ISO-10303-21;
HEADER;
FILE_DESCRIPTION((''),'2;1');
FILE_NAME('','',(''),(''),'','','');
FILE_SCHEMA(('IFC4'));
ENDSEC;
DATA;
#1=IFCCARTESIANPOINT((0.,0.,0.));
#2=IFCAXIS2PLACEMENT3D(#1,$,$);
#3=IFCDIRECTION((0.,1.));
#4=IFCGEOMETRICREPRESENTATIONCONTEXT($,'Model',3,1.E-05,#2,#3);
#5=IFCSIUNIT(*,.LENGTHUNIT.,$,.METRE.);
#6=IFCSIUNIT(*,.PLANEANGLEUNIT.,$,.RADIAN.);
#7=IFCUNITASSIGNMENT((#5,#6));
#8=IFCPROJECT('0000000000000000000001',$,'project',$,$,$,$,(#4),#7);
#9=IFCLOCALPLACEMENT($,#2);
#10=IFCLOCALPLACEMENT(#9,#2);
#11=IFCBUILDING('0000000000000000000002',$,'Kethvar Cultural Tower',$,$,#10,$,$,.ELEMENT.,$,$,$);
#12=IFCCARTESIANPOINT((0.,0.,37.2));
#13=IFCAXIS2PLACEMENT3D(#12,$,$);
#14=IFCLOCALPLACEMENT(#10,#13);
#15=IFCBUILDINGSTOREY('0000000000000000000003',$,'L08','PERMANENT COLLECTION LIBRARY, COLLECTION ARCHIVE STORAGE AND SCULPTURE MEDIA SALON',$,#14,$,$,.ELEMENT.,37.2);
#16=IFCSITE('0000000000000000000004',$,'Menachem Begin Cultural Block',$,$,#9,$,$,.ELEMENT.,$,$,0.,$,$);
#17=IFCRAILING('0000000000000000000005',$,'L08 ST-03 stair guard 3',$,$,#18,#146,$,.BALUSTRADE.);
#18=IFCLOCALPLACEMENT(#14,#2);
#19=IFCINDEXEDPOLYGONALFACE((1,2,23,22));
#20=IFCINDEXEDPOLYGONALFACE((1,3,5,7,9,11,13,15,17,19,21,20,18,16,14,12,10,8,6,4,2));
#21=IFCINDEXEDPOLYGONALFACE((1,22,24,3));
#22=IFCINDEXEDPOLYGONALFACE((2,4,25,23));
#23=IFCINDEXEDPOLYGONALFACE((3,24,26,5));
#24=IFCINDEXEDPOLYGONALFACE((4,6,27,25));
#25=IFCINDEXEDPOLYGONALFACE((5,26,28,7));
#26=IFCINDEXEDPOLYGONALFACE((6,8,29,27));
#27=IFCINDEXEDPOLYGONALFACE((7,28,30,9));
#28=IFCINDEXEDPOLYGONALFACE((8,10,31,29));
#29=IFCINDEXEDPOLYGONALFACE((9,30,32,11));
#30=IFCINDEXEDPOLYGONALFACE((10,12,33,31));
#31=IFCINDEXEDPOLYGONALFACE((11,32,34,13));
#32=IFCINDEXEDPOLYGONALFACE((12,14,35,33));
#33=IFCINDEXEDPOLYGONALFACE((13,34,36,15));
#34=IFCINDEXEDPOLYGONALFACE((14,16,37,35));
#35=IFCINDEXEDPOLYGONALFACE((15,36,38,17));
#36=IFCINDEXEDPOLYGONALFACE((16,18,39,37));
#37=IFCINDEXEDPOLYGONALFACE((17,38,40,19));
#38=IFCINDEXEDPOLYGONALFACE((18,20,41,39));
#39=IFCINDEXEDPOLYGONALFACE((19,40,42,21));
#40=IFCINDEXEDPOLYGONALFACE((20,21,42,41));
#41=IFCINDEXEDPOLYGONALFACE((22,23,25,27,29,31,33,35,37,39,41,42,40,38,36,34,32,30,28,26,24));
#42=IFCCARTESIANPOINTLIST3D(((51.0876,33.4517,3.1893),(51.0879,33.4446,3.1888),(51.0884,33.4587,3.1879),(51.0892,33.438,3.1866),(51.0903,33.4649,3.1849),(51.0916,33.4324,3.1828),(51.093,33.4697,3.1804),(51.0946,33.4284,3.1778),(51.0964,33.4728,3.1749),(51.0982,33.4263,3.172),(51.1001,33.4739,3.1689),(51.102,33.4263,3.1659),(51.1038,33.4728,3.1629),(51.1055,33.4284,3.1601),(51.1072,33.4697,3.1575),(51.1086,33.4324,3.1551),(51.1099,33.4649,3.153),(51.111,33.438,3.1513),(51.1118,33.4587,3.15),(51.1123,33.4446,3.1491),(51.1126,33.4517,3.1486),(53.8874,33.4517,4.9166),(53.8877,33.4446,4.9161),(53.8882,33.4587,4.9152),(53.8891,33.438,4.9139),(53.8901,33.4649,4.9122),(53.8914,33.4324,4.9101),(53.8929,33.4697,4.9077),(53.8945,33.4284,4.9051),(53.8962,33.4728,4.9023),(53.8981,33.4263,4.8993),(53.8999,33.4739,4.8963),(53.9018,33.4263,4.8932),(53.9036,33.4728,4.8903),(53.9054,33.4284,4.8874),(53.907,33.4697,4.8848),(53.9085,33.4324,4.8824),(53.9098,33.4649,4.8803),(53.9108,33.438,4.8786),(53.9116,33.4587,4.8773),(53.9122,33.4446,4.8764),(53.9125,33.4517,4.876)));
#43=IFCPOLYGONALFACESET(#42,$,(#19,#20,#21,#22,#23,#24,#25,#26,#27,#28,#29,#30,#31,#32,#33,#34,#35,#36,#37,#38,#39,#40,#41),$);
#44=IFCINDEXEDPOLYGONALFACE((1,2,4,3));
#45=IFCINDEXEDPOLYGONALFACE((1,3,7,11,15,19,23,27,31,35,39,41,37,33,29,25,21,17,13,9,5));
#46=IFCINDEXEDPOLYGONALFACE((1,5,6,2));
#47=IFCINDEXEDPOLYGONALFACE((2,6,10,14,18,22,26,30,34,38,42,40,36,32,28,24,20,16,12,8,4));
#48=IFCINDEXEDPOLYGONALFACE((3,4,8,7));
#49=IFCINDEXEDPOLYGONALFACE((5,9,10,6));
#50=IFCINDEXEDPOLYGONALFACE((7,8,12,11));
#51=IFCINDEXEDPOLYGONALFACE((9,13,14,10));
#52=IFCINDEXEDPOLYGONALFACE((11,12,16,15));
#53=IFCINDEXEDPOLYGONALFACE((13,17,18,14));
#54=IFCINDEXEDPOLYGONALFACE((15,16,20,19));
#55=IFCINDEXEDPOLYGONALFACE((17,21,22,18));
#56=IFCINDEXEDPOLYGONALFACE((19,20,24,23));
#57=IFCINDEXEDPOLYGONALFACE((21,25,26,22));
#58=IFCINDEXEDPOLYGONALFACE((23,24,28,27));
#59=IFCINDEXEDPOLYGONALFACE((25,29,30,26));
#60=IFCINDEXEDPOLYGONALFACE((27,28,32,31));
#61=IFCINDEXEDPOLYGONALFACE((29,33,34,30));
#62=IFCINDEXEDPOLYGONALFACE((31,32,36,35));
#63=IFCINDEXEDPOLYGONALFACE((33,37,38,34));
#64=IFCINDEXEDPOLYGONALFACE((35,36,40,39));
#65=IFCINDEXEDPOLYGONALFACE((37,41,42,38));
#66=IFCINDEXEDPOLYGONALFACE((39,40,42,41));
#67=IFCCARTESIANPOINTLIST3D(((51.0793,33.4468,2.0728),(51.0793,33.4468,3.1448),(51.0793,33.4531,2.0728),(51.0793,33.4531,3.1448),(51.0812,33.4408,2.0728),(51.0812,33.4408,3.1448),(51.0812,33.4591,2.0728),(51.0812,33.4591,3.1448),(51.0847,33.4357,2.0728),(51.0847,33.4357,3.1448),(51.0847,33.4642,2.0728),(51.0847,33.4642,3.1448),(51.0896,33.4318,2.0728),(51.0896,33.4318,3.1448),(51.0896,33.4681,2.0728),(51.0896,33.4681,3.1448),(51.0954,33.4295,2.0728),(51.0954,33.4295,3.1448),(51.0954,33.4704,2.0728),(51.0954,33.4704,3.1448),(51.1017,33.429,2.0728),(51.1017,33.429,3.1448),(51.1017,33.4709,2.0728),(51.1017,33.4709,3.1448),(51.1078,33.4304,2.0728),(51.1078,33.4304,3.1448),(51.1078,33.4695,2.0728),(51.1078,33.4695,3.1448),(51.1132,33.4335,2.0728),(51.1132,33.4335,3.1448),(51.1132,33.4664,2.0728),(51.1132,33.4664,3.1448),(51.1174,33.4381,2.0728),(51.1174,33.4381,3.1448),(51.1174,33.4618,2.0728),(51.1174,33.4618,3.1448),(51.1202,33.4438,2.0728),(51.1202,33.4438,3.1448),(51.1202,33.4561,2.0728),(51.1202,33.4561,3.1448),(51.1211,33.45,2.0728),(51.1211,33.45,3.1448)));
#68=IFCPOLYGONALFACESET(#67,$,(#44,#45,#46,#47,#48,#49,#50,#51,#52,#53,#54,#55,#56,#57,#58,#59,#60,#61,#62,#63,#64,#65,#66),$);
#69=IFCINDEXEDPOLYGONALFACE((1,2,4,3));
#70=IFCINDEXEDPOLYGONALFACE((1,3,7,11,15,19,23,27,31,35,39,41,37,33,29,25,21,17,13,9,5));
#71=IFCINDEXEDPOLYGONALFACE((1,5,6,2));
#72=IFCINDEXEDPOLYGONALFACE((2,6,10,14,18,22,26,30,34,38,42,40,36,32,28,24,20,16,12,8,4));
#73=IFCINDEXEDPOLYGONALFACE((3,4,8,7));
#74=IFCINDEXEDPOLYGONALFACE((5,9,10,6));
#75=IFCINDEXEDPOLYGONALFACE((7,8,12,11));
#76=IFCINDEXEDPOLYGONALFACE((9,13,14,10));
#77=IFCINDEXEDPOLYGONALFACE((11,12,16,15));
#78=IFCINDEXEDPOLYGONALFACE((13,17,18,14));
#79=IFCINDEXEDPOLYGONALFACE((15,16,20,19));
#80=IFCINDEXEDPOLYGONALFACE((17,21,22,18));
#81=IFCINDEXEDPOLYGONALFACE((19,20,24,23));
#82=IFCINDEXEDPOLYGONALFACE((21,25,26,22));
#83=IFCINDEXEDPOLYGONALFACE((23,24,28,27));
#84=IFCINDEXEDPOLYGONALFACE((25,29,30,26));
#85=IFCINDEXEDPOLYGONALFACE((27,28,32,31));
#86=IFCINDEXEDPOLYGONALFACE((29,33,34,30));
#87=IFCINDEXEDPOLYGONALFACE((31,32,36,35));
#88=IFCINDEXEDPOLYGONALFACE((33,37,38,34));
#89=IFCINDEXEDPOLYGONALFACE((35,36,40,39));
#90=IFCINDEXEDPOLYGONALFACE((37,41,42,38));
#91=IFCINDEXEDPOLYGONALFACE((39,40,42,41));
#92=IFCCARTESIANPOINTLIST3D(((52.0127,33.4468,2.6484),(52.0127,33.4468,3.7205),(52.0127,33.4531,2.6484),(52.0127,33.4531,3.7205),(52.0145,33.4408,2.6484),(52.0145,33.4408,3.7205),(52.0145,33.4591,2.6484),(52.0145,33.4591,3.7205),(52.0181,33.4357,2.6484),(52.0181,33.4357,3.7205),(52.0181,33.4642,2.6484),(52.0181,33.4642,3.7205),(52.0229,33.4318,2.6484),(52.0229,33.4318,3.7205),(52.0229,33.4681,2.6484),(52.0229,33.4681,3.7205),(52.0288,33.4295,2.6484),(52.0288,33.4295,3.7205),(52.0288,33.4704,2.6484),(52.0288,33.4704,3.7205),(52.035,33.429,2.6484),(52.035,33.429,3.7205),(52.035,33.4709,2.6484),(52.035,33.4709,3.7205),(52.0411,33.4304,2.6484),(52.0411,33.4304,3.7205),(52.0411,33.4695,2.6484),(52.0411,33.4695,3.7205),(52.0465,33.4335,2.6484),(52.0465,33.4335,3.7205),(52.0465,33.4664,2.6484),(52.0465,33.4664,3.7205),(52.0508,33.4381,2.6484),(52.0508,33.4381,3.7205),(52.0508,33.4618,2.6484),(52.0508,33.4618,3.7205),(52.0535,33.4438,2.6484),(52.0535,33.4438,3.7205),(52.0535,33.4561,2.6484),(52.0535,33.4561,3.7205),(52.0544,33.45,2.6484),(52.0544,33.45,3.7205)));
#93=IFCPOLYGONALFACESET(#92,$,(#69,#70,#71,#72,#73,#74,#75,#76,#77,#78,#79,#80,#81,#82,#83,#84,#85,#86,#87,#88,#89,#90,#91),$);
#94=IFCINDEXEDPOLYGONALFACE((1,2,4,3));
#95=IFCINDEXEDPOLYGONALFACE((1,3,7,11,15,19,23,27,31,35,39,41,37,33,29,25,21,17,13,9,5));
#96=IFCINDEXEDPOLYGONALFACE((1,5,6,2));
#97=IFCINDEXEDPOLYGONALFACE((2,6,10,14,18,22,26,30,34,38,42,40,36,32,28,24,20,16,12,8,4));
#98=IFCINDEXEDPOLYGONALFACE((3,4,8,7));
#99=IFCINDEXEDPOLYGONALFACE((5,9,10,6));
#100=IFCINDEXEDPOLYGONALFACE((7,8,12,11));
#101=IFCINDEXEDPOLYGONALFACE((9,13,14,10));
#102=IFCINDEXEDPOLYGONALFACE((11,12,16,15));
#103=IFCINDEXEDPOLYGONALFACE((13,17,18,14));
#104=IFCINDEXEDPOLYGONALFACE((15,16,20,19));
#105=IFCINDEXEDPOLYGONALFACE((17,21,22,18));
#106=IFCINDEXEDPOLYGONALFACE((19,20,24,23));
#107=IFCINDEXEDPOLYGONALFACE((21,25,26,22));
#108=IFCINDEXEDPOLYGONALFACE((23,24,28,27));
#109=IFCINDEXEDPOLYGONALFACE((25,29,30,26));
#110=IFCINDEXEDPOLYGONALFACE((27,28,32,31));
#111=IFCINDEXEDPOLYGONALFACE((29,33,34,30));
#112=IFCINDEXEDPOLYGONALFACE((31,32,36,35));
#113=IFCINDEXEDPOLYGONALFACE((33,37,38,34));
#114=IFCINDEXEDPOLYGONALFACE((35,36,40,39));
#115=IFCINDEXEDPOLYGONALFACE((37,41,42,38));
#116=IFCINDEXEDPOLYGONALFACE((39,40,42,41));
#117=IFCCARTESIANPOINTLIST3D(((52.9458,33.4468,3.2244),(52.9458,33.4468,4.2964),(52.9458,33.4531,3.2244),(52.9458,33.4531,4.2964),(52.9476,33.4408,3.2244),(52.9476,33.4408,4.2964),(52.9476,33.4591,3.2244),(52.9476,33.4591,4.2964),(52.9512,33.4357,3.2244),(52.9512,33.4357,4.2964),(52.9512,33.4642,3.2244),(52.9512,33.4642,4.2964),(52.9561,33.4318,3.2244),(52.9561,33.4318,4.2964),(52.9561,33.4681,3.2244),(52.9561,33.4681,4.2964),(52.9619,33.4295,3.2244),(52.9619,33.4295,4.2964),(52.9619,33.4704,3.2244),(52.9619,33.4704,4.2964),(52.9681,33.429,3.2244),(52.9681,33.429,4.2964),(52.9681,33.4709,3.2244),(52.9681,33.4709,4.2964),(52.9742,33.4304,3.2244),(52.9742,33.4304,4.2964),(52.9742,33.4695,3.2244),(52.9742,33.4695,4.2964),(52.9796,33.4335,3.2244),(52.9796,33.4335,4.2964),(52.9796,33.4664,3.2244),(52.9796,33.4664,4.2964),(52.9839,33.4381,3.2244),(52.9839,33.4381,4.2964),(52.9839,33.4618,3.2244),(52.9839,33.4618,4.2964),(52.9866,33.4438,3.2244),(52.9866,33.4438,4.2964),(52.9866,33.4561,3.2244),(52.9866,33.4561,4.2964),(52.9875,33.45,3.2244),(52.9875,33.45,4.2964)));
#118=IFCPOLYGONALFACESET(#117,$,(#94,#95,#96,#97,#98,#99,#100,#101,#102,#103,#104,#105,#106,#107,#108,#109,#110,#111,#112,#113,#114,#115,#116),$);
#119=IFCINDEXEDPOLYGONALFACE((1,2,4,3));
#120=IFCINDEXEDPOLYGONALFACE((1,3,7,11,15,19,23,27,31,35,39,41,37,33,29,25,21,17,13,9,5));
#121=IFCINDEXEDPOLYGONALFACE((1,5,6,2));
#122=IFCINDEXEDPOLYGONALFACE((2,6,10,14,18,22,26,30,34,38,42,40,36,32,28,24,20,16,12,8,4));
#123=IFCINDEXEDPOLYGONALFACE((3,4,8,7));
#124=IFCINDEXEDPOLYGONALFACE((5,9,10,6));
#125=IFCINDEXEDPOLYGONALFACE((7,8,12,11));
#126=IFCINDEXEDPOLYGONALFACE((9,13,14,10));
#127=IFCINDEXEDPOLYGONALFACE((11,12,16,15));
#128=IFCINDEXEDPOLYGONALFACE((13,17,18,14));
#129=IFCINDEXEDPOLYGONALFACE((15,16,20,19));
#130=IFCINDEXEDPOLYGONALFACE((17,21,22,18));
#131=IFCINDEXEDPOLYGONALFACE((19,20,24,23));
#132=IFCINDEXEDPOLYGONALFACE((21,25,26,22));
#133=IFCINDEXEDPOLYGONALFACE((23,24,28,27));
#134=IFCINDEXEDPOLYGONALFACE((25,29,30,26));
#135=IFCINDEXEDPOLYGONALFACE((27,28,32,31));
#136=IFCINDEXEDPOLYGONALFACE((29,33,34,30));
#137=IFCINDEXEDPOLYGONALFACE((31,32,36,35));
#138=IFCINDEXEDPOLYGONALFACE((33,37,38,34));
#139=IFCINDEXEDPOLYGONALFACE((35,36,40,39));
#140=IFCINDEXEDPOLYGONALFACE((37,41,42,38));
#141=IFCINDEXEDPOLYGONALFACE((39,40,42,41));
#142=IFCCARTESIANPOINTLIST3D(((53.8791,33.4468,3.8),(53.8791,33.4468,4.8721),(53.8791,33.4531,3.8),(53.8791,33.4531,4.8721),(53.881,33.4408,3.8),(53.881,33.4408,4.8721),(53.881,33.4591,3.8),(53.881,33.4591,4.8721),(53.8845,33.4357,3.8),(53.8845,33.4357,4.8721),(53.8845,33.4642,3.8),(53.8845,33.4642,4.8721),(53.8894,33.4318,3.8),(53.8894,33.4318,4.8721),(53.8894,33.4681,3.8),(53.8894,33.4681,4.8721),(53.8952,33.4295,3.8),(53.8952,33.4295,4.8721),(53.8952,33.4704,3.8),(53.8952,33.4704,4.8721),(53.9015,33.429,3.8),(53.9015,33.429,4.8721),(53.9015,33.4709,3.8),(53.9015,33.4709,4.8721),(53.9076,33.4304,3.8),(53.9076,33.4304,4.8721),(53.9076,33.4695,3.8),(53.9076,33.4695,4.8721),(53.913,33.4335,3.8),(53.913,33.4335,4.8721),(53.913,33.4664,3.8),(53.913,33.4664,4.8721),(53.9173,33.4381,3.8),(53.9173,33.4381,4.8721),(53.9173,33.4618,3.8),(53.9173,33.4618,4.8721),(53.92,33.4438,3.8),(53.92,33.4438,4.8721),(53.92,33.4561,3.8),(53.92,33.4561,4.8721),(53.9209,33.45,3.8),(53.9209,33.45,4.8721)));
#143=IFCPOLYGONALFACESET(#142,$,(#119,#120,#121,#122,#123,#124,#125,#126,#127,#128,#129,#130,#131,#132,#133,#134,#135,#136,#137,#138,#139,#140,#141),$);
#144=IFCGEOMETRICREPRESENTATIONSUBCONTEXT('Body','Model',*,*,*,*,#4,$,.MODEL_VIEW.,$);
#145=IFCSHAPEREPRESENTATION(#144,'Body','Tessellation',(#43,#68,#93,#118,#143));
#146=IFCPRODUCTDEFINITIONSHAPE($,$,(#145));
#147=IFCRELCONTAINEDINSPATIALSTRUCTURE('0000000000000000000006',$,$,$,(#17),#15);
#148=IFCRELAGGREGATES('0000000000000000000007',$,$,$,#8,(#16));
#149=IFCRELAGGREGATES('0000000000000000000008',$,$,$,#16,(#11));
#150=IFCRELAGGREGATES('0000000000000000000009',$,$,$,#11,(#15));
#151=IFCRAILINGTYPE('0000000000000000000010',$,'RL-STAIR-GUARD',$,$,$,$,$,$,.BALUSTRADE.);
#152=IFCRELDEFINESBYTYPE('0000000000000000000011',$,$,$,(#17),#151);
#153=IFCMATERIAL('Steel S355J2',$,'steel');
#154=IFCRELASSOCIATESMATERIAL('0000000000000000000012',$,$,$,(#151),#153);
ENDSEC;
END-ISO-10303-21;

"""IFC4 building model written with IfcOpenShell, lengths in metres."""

from ifc_helpers import new_model, si_unit, direction, frame, origin, origin_2d, place, context, subcontext, project, spatial, circle, extrude, material, type_object, element, save


model = new_model("IFC4")

# Units and contexts
model_context = context("Model", 3, precision=1e-05, world=origin(), true_north=direction((0.0, 1.0)))
body_context = subcontext(model_context, "Body", "Model", "MODEL_VIEW")
ifc_project = project(units=[si_unit("LENGTHUNIT", "METRE"), si_unit("PLANEANGLEUNIT", "RADIAN")], contexts=[model_context])

# Site, building, storey
site_placement = place(None, origin())
site = spatial("IfcSite", under=ifc_project, at=site_placement, Name="Menachem Begin Cultural Block", CompositionType="ELEMENT", RefElevation=0.0)
building_placement = place(site_placement, origin())
building = spatial("IfcBuilding", under=site, at=building_placement, Name="Kethvar Cultural Tower", CompositionType="ELEMENT")
storey_placement = place(building_placement, frame((0.0, 0.0, 37.2)))
storey = spatial("IfcBuildingStorey", under=building, at=storey_placement, Name="L08", Description="PERMANENT COLLECTION LIBRARY, COLLECTION ARCHIVE STORAGE AND SCULPTURE MEDIA SALON", CompositionType="ELEMENT", Elevation=37.2)

# Shared definitions
ifc_material_1 = material(Name="Steel S355J2", Category="steel")

# Railing
railing_type_1 = type_object("IfcRailingType", Name="RL-STAIR-GUARD", PredefinedType="BALUSTRADE", material=ifc_material_1)
railing_1_placement = place(storey_placement, frame((51.1001, 33.45, 2.0728)))
element("IfcRailing", 1, at=railing_1_placement, inside=storey, type_object=railing_type_1, Name="L08 ST-03 stair guard 3", PredefinedType="BALUSTRADE", context=body_context, shape_type="SweptSolid", body=[
    extrude(circle(Radius=0.0239, at=origin_2d()), frame((0.0, 0.0, 1.0962), z_axis=(0.851069, 0.0, 0.525054), x_axis=(0.0, 1.0, 0.0)), (0.0, 0.0, 1.0), 3.2898),
    extrude(circle(Radius=0.021, at=origin_2d()), origin(), (0.0, 0.0, 1.0), 1.072),
    extrude(circle(Radius=0.021, at=origin_2d()), frame((0.9333, 0.0, 0.5757)), (0.0, 0.0, 1.0), 1.072),
    extrude(circle(Radius=0.021, at=origin_2d()), frame((1.8665, 0.0, 1.1516)), (0.0, 0.0, 1.0), 1.072),
    extrude(circle(Radius=0.021, at=origin_2d()), frame((2.7998, 0.0, 1.7273)), (0.0, 0.0, 1.0), 1.072),
])

save(model, "model.ifc")
